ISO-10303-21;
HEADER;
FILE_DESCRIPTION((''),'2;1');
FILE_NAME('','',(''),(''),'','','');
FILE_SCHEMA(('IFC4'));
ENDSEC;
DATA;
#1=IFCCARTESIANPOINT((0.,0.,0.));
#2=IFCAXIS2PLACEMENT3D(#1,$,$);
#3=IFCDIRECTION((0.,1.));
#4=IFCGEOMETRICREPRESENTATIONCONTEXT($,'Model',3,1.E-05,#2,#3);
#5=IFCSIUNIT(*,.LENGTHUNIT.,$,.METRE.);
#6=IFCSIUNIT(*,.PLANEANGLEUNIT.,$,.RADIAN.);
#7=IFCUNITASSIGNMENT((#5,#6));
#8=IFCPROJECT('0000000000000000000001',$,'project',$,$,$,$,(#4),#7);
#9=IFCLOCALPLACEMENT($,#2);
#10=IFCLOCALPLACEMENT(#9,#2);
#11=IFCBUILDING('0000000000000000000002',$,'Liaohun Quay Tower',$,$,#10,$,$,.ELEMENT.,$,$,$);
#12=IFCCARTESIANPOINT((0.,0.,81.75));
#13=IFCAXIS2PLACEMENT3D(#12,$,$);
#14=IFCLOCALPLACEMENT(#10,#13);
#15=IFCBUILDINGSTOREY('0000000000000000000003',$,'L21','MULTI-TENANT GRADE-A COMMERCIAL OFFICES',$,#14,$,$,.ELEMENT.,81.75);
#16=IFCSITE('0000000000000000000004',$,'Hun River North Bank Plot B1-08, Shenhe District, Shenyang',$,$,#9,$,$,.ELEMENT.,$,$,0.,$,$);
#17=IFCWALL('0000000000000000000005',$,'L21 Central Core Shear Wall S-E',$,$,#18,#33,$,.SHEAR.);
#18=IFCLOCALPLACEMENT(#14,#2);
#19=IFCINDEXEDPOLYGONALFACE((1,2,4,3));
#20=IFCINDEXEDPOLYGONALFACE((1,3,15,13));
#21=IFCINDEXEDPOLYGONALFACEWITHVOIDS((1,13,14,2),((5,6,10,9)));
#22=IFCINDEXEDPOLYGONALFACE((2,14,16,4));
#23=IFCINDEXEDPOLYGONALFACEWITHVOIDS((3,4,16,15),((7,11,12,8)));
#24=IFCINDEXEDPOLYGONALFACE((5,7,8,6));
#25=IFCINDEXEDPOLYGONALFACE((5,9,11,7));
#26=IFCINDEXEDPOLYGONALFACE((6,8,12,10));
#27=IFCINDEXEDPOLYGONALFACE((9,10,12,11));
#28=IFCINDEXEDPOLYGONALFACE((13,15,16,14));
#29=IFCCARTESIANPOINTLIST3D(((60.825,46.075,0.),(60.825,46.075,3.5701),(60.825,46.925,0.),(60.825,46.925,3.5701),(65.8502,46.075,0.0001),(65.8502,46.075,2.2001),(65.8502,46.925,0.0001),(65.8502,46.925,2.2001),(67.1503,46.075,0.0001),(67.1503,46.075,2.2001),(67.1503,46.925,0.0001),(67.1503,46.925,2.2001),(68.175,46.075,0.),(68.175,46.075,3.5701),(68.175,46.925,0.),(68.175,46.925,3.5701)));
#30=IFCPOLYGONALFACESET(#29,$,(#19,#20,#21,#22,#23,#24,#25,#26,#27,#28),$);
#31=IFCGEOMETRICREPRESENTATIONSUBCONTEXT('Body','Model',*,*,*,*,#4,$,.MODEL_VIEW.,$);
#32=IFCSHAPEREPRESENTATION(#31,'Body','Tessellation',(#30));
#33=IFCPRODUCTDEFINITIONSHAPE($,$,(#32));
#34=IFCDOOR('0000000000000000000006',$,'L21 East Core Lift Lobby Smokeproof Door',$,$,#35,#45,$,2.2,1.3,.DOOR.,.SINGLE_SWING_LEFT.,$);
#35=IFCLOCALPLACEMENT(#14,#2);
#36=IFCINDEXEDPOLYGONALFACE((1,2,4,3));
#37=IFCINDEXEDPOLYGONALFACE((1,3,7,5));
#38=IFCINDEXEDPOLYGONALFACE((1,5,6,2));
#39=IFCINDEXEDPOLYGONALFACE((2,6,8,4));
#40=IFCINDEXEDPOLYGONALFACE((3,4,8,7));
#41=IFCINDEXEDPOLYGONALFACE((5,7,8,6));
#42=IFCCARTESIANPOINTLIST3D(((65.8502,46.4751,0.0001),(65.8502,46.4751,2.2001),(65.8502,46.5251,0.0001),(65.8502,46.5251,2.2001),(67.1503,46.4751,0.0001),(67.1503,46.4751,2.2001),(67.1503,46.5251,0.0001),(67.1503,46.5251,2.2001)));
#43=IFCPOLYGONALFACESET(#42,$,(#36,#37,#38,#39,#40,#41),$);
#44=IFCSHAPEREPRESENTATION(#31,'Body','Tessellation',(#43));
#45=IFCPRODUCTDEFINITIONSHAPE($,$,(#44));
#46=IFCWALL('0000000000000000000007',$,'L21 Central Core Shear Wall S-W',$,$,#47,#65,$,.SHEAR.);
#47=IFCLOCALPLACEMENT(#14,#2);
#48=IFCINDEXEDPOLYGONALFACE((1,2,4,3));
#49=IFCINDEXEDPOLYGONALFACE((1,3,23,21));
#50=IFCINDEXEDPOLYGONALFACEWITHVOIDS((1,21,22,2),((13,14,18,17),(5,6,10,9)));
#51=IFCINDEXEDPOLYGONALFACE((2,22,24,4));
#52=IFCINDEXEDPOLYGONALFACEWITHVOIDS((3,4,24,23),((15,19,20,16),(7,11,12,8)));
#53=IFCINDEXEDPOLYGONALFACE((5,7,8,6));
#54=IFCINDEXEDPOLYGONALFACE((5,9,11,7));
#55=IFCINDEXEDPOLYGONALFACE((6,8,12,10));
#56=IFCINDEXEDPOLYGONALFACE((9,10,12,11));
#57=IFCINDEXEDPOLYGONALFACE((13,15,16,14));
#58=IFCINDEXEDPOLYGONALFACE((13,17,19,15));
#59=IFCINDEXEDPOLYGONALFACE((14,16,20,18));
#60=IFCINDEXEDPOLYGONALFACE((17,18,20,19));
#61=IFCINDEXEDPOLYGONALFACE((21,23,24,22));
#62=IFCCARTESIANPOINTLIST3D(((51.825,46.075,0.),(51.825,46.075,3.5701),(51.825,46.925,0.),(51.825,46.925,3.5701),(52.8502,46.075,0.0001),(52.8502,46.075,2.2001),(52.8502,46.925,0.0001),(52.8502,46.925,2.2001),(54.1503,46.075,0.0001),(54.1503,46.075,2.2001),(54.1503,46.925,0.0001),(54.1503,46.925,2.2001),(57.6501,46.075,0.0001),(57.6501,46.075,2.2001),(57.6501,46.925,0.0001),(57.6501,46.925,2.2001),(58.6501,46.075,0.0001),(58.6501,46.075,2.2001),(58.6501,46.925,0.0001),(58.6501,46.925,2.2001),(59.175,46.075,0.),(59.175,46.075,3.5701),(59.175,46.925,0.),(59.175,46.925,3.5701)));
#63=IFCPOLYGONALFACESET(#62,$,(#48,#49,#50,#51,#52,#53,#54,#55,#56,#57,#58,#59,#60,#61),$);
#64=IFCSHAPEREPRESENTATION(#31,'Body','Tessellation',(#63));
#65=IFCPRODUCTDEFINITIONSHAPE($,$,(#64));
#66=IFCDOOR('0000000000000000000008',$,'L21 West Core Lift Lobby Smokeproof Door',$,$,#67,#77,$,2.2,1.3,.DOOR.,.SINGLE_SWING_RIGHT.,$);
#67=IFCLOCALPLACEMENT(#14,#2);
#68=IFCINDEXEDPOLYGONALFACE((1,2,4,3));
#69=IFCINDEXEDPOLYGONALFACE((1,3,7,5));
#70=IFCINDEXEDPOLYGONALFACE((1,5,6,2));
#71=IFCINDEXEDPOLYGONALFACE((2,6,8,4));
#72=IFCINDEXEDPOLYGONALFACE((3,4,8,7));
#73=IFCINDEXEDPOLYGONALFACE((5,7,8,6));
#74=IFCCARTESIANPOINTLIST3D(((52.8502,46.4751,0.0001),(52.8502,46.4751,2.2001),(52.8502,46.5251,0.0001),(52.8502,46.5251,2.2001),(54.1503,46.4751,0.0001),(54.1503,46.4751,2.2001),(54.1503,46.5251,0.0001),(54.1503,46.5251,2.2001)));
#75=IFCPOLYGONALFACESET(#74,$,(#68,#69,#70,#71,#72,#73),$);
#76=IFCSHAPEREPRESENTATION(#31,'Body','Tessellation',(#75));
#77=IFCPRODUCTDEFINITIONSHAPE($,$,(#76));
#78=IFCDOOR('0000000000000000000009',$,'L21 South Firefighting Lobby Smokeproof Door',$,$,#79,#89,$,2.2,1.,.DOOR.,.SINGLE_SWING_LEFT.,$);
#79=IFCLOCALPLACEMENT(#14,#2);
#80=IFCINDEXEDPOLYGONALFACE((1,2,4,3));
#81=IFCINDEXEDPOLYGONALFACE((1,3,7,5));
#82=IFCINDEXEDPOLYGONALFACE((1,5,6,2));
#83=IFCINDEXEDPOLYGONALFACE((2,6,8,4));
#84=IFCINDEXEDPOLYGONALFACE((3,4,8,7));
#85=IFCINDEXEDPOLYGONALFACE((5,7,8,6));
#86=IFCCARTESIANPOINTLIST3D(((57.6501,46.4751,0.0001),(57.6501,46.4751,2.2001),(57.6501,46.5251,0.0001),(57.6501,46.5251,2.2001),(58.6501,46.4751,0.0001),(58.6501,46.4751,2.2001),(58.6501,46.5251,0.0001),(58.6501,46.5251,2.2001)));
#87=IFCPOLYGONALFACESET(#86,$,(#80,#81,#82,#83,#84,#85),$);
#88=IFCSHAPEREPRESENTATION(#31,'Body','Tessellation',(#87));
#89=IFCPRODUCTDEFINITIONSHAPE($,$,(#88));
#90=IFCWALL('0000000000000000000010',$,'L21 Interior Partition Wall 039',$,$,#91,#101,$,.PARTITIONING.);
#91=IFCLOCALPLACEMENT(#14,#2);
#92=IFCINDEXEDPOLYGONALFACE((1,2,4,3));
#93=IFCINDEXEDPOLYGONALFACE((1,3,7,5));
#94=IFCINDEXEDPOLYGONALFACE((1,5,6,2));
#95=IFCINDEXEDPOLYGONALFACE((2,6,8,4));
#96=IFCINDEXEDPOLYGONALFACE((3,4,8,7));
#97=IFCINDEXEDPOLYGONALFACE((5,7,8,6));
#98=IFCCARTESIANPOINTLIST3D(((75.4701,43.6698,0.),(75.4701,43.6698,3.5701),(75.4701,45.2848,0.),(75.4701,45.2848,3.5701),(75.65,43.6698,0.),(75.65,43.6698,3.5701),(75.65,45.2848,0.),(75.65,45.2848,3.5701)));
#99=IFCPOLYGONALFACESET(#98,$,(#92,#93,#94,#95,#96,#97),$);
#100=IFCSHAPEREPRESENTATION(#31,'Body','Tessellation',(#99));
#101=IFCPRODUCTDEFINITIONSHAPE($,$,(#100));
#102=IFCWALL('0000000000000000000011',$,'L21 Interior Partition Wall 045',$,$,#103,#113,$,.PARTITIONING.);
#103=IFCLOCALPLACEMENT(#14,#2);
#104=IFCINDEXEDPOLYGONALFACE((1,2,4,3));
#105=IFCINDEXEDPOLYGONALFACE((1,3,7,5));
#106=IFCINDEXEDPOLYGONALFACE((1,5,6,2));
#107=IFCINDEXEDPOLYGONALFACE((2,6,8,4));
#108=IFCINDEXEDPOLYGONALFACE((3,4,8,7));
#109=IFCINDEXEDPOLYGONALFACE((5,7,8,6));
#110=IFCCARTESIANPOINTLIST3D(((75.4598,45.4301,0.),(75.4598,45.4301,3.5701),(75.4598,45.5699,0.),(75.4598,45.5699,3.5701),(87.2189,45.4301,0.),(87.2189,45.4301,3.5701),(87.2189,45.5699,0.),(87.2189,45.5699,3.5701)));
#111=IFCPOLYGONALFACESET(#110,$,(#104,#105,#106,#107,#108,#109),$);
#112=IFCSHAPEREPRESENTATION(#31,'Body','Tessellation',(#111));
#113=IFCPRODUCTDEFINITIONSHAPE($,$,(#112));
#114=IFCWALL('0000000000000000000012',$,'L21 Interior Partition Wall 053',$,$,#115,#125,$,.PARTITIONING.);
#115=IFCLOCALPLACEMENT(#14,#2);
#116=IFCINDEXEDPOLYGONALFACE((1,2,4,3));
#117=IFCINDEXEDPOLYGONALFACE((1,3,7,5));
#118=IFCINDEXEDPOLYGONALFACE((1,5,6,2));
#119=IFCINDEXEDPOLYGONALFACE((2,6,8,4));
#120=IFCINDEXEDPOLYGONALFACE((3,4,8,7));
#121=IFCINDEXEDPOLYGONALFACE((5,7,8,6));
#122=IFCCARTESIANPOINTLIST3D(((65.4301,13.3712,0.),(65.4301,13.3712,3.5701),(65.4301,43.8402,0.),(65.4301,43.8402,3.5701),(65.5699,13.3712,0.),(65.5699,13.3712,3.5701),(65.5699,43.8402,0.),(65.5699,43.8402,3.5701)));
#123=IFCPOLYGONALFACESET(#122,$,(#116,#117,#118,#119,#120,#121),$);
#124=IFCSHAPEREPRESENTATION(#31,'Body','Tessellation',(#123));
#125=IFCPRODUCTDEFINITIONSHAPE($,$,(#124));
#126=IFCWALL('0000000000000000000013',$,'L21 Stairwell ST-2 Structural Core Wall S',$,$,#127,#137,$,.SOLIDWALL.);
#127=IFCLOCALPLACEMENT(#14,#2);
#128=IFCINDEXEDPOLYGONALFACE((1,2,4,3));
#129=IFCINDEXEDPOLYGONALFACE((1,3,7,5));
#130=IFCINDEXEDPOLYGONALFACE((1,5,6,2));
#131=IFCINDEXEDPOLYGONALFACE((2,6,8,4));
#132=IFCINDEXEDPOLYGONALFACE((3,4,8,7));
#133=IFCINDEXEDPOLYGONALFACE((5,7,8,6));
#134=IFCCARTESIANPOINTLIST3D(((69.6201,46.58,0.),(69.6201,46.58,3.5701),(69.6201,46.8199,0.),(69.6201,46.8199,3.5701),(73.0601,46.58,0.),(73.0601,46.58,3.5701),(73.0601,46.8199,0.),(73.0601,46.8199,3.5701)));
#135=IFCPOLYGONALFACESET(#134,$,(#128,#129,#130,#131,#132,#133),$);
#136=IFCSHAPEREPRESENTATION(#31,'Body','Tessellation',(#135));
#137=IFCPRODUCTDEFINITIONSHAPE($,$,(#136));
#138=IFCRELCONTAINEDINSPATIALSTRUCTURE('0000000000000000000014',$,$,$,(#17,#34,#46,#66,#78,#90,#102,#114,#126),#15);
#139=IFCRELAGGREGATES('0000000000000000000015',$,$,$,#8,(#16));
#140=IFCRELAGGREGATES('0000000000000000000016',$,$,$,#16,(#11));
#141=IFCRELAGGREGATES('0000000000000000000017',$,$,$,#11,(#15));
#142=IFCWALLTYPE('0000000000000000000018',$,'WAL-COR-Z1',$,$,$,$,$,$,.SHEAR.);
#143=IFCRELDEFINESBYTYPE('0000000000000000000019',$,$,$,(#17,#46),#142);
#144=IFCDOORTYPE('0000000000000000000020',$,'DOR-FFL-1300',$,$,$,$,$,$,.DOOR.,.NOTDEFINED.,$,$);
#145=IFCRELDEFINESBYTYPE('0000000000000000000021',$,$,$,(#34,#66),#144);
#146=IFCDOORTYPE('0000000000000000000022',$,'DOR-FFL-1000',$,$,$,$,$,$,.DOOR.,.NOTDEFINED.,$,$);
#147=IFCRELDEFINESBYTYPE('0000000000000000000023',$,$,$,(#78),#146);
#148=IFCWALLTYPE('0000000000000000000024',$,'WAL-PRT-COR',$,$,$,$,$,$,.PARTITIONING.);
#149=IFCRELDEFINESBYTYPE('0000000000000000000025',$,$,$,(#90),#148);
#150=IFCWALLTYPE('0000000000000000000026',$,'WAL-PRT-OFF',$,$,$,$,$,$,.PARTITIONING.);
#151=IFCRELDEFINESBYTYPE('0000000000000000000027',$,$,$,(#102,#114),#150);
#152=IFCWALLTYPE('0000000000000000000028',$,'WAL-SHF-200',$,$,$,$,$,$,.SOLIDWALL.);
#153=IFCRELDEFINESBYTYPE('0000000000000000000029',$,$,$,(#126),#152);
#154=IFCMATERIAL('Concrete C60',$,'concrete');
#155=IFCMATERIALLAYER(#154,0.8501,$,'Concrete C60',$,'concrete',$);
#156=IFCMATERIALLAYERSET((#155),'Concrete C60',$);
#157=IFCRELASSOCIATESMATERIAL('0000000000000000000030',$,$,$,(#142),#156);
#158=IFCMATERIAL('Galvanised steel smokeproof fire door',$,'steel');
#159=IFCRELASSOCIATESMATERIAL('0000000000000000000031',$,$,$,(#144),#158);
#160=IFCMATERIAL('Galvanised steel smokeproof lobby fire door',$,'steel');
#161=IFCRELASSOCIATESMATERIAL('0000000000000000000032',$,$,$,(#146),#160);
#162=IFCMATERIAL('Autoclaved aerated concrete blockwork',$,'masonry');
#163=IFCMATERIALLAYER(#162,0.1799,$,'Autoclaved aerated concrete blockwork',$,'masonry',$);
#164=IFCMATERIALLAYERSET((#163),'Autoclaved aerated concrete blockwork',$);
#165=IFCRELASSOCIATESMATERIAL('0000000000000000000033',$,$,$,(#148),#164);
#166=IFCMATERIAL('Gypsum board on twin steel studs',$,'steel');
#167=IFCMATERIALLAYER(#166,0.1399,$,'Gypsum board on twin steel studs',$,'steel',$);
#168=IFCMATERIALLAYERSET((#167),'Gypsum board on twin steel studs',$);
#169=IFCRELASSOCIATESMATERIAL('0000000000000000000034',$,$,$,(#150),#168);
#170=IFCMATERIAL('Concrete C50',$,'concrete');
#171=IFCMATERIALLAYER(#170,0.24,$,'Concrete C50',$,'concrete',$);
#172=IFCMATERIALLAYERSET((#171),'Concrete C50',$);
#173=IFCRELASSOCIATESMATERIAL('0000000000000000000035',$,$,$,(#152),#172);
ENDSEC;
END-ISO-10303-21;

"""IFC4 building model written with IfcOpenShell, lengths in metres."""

from ifc_helpers import new_model, si_unit, direction, frame, frame_2d, origin, place, context, subcontext, project, spatial, rectangle, extrude, source, transform, mapped, material, layer, layer_set, type_object, element, fill, save


model = new_model("IFC4")

# Units and contexts
model_context = context("Model", 3, precision=1e-05, world=origin(), true_north=direction((0.0, 1.0)))
body_context = subcontext(model_context, "Body", "Model", "MODEL_VIEW")
ifc_project = project(units=[si_unit("LENGTHUNIT", "METRE"), si_unit("PLANEANGLEUNIT", "RADIAN")], contexts=[model_context])

# Site, building, storey
site_placement = place(None, origin())
site = spatial("IfcSite", under=ifc_project, at=site_placement, Name="Hun River North Bank Plot B1-08, Shenhe District, Shenyang", CompositionType="ELEMENT", RefElevation=0.0)
building_placement = place(site_placement, origin())
building = spatial("IfcBuilding", under=site, at=building_placement, Name="Liaohun Quay Tower", CompositionType="ELEMENT")
storey_placement = place(building_placement, frame((0.0, 0.0, 81.75)))
storey = spatial("IfcBuildingStorey", under=building, at=storey_placement, Name="L21", Description="MULTI-TENANT GRADE-A COMMERCIAL OFFICES", CompositionType="ELEMENT", Elevation=81.75)

# Shared definitions
ifc_material_1 = material(Name="Concrete C60", Category="concrete")

# Wall, opening, door
ifc_layer_1 = layer(ifc_material_1, 0.8501, Name="Concrete C60", Category="concrete")
ifc_layer_set_1 = layer_set([ifc_layer_1], Name="Concrete C60")
wall_type_1 = type_object("IfcWallType", Name="WAL-COR-Z1", PredefinedType="SHEAR", material=ifc_layer_set_1)
wall_1_placement = place(storey_placement, frame((68.175, 46.5, 0.0), z_axis=(0.0, 0.0, 1.0), x_axis=(-1.0, 0.0, 0.0)))
wall_1 = element("IfcWall", 1, at=wall_1_placement, inside=storey, type_object=wall_type_1, Name="L21 Central Core Shear Wall S-E", PredefinedType="SHEAR", context=body_context, shape_type="SweptSolid", body=[
    extrude(rectangle(XDim=7.3501, YDim=0.8501, at=frame_2d((3.675, 0.0))), origin(), (0.0, 0.0, 1.0), 3.5701),
])
shared_shape_1 = source(origin(), body_context, "Body", "SweptSolid", [
    extrude(rectangle(XDim=1.3, YDim=2.2, at=frame_2d((0.6499, 1.1001))), frame((0.0, 0.4351, 0.0), z_axis=(0.0, -1.0, 0.0), x_axis=(1.0, 0.0, 0.0)), (0.0, 0.0, 1.0), 0.8701),
])
opening_1_placement = place(wall_1_placement, frame((1.0249, 0.0, 0.0)))
opening_1 = element("IfcOpeningElement", 2, at=opening_1_placement, cuts=wall_1, PredefinedType="OPENING", context=body_context, shape_type="MappedRepresentation", body=[
    mapped(shared_shape_1, transform((0.0, 0.0, 0.0), x_axis=(1.0, 0.0, 0.0), y_axis=(0.0, 1.0, 0.0), z_axis=(0.0, 0.0, 1.0), scale=1.0)),
])
ifc_material_2 = material(Name="Galvanised steel smokeproof fire door", Category="steel")
door_type_1 = type_object("IfcDoorType", Name="DOR-FFL-1300", OperationType="NOTDEFINED", PredefinedType="DOOR", material=ifc_material_2)
shared_shape_2 = source(origin(), body_context, "Body", "SweptSolid", [
    extrude(rectangle(XDim=1.3, YDim=2.2, at=frame_2d((0.6499, 1.1001))), frame((0.0, 0.0249, 0.0), z_axis=(0.0, -1.0, 0.0), x_axis=(1.0, 0.0, 0.0)), (0.0, 0.0, 1.0), 0.05),
])
door_1_placement = place(opening_1_placement, origin())
door_1 = element("IfcDoor", 3, at=door_1_placement, inside=storey, type_object=door_type_1, Name="L21 East Core Lift Lobby Smokeproof Door", OperationType="SINGLE_SWING_LEFT", OverallHeight=2.2, OverallWidth=1.3, PredefinedType="DOOR", context=body_context, shape_type="MappedRepresentation", body=[
    mapped(shared_shape_2, transform((0.0, 0.0, 0.0), x_axis=(1.0, 0.0, 0.0), y_axis=(0.0, 1.0, 0.0), z_axis=(0.0, 0.0, 1.0), scale=1.0)),
])
fill(opening_1, door_1)

# Wall, openings, doors
wall_2_placement = place(storey_placement, frame((59.175, 46.5, 0.0), z_axis=(0.0, 0.0, 1.0), x_axis=(-1.0, 0.0, 0.0)))
wall_2 = element("IfcWall", 4, at=wall_2_placement, inside=storey, type_object=wall_type_1, Name="L21 Central Core Shear Wall S-W", PredefinedType="SHEAR", context=body_context, shape_type="SweptSolid", body=[
    extrude(rectangle(XDim=7.3501, YDim=0.8501, at=frame_2d((3.675, 0.0))), origin(), (0.0, 0.0, 1.0), 3.5701),
])
opening_2_placement = place(wall_2_placement, frame((5.0249, 0.0, 0.0)))
opening_2 = element("IfcOpeningElement", 5, at=opening_2_placement, cuts=wall_2, PredefinedType="OPENING", context=body_context, shape_type="MappedRepresentation", body=[
    mapped(shared_shape_1, transform((0.0, 0.0, 0.0), x_axis=(1.0, 0.0, 0.0), y_axis=(0.0, 1.0, 0.0), z_axis=(0.0, 0.0, 1.0), scale=1.0)),
])
shared_shape_3 = source(origin(), body_context, "Body", "SweptSolid", [
    extrude(rectangle(XDim=1.0, YDim=2.2, at=frame_2d((0.5, 1.1001))), frame((0.0, 0.4351, 0.0), z_axis=(0.0, -1.0, 0.0), x_axis=(1.0, 0.0, 0.0)), (0.0, 0.0, 1.0), 0.8701),
])
opening_3_placement = place(wall_2_placement, frame((0.5249, 0.0, 0.0)))
opening_3 = element("IfcOpeningElement", 6, at=opening_3_placement, cuts=wall_2, PredefinedType="OPENING", context=body_context, shape_type="MappedRepresentation", body=[
    mapped(shared_shape_3, transform((0.0, 0.0, 0.0), x_axis=(1.0, 0.0, 0.0), y_axis=(0.0, 1.0, 0.0), z_axis=(0.0, 0.0, 1.0), scale=1.0)),
])
door_2_placement = place(opening_2_placement, origin())
door_2 = element("IfcDoor", 7, at=door_2_placement, inside=storey, type_object=door_type_1, Name="L21 West Core Lift Lobby Smokeproof Door", OperationType="SINGLE_SWING_RIGHT", OverallHeight=2.2, OverallWidth=1.3, PredefinedType="DOOR", context=body_context, shape_type="MappedRepresentation", body=[
    mapped(shared_shape_2, transform((0.0, 0.0, 0.0), x_axis=(1.0, 0.0, 0.0), y_axis=(0.0, 1.0, 0.0), z_axis=(0.0, 0.0, 1.0), scale=1.0)),
])
fill(opening_2, door_2)
ifc_material_3 = material(Name="Galvanised steel smokeproof lobby fire door", Category="steel")
door_type_2 = type_object("IfcDoorType", Name="DOR-FFL-1000", OperationType="NOTDEFINED", PredefinedType="DOOR", material=ifc_material_3)
shared_shape_4 = source(origin(), body_context, "Body", "SweptSolid", [
    extrude(rectangle(XDim=1.0, YDim=2.2, at=frame_2d((0.5, 1.1001))), frame((0.0, 0.0249, 0.0), z_axis=(0.0, -1.0, 0.0), x_axis=(1.0, 0.0, 0.0)), (0.0, 0.0, 1.0), 0.05),
])
door_3_placement = place(opening_3_placement, origin())
door_3 = element("IfcDoor", 8, at=door_3_placement, inside=storey, type_object=door_type_2, Name="L21 South Firefighting Lobby Smokeproof Door", OperationType="SINGLE_SWING_LEFT", OverallHeight=2.2, OverallWidth=1.0, PredefinedType="DOOR", context=body_context, shape_type="MappedRepresentation", body=[
    mapped(shared_shape_4, transform((0.0, 0.0, 0.0), x_axis=(1.0, 0.0, 0.0), y_axis=(0.0, 1.0, 0.0), z_axis=(0.0, 0.0, 1.0), scale=1.0)),
])
fill(opening_3, door_3)

# Walls
ifc_material_4 = material(Name="Autoclaved aerated concrete blockwork", Category="masonry")
ifc_layer_2 = layer(ifc_material_4, 0.1799, Name="Autoclaved aerated concrete blockwork", Category="masonry")
ifc_layer_set_2 = layer_set([ifc_layer_2], Name="Autoclaved aerated concrete blockwork")
wall_type_2 = type_object("IfcWallType", Name="WAL-PRT-COR", PredefinedType="PARTITIONING", material=ifc_layer_set_2)
wall_3_placement = place(storey_placement, frame((75.5601, 45.2849, 0.0), z_axis=(0.0, 0.0, 1.0), x_axis=(0.0, -1.0, 0.0)))
element("IfcWall", 9, at=wall_3_placement, inside=storey, type_object=wall_type_2, Name="L21 Interior Partition Wall 039", PredefinedType="PARTITIONING", context=body_context, shape_type="SweptSolid", body=[
    extrude(rectangle(XDim=1.615, YDim=0.1799, at=frame_2d((0.8076, 0.0))), origin(), (0.0, 0.0, 1.0), 3.5701),
])
ifc_material_5 = material(Name="Gypsum board on twin steel studs", Category="steel")
ifc_layer_3 = layer(ifc_material_5, 0.1399, Name="Gypsum board on twin steel studs", Category="steel")
ifc_layer_set_3 = layer_set([ifc_layer_3], Name="Gypsum board on twin steel studs")
wall_type_3 = type_object("IfcWallType", Name="WAL-PRT-OFF", PredefinedType="PARTITIONING", material=ifc_layer_set_3)
wall_4_placement = place(storey_placement, frame((75.46, 45.5, 0.0), z_axis=(0.0, 0.0, 1.0), x_axis=(1.0, 0.0, 0.0)))
element("IfcWall", 10, at=wall_4_placement, inside=storey, type_object=wall_type_3, Name="L21 Interior Partition Wall 045", PredefinedType="PARTITIONING", context=body_context, shape_type="SweptSolid", body=[
    extrude(rectangle(XDim=11.759, YDim=0.1399, at=frame_2d((5.8794, 0.0))), origin(), (0.0, 0.0, 1.0), 3.5701),
])
wall_5_placement = place(storey_placement, frame((65.5, 43.8401, 0.0), z_axis=(0.0, 0.0, 1.0), x_axis=(0.0, -1.0, 0.0)))
element("IfcWall", 11, at=wall_5_placement, inside=storey, type_object=wall_type_3, Name="L21 Interior Partition Wall 053", PredefinedType="PARTITIONING", context=body_context, shape_type="SweptSolid", body=[
    extrude(rectangle(XDim=30.469, YDim=0.1399, at=frame_2d((15.2344, 0.0))), origin(), (0.0, 0.0, 1.0), 3.5701),
])
ifc_material_6 = material(Name="Concrete C50", Category="concrete")
ifc_layer_4 = layer(ifc_material_6, 0.24, Name="Concrete C50", Category="concrete")
ifc_layer_set_4 = layer_set([ifc_layer_4], Name="Concrete C50")
wall_type_4 = type_object("IfcWallType", Name="WAL-SHF-200", PredefinedType="SOLIDWALL", material=ifc_layer_set_4)
wall_6_placement = place(storey_placement, frame((69.6201, 46.7, 0.0), z_axis=(0.0, 0.0, 1.0), x_axis=(1.0, 0.0, 0.0)))
element("IfcWall", 12, at=wall_6_placement, inside=storey, type_object=wall_type_4, Name="L21 Stairwell ST-2 Structural Core Wall S", PredefinedType="SOLIDWALL", context=body_context, shape_type="SweptSolid", body=[
    extrude(rectangle(XDim=3.4399, YDim=0.24, at=frame_2d((1.72, 0.0))), origin(), (0.0, 0.0, 1.0), 3.5701),
])

save(model, "model.ifc")
